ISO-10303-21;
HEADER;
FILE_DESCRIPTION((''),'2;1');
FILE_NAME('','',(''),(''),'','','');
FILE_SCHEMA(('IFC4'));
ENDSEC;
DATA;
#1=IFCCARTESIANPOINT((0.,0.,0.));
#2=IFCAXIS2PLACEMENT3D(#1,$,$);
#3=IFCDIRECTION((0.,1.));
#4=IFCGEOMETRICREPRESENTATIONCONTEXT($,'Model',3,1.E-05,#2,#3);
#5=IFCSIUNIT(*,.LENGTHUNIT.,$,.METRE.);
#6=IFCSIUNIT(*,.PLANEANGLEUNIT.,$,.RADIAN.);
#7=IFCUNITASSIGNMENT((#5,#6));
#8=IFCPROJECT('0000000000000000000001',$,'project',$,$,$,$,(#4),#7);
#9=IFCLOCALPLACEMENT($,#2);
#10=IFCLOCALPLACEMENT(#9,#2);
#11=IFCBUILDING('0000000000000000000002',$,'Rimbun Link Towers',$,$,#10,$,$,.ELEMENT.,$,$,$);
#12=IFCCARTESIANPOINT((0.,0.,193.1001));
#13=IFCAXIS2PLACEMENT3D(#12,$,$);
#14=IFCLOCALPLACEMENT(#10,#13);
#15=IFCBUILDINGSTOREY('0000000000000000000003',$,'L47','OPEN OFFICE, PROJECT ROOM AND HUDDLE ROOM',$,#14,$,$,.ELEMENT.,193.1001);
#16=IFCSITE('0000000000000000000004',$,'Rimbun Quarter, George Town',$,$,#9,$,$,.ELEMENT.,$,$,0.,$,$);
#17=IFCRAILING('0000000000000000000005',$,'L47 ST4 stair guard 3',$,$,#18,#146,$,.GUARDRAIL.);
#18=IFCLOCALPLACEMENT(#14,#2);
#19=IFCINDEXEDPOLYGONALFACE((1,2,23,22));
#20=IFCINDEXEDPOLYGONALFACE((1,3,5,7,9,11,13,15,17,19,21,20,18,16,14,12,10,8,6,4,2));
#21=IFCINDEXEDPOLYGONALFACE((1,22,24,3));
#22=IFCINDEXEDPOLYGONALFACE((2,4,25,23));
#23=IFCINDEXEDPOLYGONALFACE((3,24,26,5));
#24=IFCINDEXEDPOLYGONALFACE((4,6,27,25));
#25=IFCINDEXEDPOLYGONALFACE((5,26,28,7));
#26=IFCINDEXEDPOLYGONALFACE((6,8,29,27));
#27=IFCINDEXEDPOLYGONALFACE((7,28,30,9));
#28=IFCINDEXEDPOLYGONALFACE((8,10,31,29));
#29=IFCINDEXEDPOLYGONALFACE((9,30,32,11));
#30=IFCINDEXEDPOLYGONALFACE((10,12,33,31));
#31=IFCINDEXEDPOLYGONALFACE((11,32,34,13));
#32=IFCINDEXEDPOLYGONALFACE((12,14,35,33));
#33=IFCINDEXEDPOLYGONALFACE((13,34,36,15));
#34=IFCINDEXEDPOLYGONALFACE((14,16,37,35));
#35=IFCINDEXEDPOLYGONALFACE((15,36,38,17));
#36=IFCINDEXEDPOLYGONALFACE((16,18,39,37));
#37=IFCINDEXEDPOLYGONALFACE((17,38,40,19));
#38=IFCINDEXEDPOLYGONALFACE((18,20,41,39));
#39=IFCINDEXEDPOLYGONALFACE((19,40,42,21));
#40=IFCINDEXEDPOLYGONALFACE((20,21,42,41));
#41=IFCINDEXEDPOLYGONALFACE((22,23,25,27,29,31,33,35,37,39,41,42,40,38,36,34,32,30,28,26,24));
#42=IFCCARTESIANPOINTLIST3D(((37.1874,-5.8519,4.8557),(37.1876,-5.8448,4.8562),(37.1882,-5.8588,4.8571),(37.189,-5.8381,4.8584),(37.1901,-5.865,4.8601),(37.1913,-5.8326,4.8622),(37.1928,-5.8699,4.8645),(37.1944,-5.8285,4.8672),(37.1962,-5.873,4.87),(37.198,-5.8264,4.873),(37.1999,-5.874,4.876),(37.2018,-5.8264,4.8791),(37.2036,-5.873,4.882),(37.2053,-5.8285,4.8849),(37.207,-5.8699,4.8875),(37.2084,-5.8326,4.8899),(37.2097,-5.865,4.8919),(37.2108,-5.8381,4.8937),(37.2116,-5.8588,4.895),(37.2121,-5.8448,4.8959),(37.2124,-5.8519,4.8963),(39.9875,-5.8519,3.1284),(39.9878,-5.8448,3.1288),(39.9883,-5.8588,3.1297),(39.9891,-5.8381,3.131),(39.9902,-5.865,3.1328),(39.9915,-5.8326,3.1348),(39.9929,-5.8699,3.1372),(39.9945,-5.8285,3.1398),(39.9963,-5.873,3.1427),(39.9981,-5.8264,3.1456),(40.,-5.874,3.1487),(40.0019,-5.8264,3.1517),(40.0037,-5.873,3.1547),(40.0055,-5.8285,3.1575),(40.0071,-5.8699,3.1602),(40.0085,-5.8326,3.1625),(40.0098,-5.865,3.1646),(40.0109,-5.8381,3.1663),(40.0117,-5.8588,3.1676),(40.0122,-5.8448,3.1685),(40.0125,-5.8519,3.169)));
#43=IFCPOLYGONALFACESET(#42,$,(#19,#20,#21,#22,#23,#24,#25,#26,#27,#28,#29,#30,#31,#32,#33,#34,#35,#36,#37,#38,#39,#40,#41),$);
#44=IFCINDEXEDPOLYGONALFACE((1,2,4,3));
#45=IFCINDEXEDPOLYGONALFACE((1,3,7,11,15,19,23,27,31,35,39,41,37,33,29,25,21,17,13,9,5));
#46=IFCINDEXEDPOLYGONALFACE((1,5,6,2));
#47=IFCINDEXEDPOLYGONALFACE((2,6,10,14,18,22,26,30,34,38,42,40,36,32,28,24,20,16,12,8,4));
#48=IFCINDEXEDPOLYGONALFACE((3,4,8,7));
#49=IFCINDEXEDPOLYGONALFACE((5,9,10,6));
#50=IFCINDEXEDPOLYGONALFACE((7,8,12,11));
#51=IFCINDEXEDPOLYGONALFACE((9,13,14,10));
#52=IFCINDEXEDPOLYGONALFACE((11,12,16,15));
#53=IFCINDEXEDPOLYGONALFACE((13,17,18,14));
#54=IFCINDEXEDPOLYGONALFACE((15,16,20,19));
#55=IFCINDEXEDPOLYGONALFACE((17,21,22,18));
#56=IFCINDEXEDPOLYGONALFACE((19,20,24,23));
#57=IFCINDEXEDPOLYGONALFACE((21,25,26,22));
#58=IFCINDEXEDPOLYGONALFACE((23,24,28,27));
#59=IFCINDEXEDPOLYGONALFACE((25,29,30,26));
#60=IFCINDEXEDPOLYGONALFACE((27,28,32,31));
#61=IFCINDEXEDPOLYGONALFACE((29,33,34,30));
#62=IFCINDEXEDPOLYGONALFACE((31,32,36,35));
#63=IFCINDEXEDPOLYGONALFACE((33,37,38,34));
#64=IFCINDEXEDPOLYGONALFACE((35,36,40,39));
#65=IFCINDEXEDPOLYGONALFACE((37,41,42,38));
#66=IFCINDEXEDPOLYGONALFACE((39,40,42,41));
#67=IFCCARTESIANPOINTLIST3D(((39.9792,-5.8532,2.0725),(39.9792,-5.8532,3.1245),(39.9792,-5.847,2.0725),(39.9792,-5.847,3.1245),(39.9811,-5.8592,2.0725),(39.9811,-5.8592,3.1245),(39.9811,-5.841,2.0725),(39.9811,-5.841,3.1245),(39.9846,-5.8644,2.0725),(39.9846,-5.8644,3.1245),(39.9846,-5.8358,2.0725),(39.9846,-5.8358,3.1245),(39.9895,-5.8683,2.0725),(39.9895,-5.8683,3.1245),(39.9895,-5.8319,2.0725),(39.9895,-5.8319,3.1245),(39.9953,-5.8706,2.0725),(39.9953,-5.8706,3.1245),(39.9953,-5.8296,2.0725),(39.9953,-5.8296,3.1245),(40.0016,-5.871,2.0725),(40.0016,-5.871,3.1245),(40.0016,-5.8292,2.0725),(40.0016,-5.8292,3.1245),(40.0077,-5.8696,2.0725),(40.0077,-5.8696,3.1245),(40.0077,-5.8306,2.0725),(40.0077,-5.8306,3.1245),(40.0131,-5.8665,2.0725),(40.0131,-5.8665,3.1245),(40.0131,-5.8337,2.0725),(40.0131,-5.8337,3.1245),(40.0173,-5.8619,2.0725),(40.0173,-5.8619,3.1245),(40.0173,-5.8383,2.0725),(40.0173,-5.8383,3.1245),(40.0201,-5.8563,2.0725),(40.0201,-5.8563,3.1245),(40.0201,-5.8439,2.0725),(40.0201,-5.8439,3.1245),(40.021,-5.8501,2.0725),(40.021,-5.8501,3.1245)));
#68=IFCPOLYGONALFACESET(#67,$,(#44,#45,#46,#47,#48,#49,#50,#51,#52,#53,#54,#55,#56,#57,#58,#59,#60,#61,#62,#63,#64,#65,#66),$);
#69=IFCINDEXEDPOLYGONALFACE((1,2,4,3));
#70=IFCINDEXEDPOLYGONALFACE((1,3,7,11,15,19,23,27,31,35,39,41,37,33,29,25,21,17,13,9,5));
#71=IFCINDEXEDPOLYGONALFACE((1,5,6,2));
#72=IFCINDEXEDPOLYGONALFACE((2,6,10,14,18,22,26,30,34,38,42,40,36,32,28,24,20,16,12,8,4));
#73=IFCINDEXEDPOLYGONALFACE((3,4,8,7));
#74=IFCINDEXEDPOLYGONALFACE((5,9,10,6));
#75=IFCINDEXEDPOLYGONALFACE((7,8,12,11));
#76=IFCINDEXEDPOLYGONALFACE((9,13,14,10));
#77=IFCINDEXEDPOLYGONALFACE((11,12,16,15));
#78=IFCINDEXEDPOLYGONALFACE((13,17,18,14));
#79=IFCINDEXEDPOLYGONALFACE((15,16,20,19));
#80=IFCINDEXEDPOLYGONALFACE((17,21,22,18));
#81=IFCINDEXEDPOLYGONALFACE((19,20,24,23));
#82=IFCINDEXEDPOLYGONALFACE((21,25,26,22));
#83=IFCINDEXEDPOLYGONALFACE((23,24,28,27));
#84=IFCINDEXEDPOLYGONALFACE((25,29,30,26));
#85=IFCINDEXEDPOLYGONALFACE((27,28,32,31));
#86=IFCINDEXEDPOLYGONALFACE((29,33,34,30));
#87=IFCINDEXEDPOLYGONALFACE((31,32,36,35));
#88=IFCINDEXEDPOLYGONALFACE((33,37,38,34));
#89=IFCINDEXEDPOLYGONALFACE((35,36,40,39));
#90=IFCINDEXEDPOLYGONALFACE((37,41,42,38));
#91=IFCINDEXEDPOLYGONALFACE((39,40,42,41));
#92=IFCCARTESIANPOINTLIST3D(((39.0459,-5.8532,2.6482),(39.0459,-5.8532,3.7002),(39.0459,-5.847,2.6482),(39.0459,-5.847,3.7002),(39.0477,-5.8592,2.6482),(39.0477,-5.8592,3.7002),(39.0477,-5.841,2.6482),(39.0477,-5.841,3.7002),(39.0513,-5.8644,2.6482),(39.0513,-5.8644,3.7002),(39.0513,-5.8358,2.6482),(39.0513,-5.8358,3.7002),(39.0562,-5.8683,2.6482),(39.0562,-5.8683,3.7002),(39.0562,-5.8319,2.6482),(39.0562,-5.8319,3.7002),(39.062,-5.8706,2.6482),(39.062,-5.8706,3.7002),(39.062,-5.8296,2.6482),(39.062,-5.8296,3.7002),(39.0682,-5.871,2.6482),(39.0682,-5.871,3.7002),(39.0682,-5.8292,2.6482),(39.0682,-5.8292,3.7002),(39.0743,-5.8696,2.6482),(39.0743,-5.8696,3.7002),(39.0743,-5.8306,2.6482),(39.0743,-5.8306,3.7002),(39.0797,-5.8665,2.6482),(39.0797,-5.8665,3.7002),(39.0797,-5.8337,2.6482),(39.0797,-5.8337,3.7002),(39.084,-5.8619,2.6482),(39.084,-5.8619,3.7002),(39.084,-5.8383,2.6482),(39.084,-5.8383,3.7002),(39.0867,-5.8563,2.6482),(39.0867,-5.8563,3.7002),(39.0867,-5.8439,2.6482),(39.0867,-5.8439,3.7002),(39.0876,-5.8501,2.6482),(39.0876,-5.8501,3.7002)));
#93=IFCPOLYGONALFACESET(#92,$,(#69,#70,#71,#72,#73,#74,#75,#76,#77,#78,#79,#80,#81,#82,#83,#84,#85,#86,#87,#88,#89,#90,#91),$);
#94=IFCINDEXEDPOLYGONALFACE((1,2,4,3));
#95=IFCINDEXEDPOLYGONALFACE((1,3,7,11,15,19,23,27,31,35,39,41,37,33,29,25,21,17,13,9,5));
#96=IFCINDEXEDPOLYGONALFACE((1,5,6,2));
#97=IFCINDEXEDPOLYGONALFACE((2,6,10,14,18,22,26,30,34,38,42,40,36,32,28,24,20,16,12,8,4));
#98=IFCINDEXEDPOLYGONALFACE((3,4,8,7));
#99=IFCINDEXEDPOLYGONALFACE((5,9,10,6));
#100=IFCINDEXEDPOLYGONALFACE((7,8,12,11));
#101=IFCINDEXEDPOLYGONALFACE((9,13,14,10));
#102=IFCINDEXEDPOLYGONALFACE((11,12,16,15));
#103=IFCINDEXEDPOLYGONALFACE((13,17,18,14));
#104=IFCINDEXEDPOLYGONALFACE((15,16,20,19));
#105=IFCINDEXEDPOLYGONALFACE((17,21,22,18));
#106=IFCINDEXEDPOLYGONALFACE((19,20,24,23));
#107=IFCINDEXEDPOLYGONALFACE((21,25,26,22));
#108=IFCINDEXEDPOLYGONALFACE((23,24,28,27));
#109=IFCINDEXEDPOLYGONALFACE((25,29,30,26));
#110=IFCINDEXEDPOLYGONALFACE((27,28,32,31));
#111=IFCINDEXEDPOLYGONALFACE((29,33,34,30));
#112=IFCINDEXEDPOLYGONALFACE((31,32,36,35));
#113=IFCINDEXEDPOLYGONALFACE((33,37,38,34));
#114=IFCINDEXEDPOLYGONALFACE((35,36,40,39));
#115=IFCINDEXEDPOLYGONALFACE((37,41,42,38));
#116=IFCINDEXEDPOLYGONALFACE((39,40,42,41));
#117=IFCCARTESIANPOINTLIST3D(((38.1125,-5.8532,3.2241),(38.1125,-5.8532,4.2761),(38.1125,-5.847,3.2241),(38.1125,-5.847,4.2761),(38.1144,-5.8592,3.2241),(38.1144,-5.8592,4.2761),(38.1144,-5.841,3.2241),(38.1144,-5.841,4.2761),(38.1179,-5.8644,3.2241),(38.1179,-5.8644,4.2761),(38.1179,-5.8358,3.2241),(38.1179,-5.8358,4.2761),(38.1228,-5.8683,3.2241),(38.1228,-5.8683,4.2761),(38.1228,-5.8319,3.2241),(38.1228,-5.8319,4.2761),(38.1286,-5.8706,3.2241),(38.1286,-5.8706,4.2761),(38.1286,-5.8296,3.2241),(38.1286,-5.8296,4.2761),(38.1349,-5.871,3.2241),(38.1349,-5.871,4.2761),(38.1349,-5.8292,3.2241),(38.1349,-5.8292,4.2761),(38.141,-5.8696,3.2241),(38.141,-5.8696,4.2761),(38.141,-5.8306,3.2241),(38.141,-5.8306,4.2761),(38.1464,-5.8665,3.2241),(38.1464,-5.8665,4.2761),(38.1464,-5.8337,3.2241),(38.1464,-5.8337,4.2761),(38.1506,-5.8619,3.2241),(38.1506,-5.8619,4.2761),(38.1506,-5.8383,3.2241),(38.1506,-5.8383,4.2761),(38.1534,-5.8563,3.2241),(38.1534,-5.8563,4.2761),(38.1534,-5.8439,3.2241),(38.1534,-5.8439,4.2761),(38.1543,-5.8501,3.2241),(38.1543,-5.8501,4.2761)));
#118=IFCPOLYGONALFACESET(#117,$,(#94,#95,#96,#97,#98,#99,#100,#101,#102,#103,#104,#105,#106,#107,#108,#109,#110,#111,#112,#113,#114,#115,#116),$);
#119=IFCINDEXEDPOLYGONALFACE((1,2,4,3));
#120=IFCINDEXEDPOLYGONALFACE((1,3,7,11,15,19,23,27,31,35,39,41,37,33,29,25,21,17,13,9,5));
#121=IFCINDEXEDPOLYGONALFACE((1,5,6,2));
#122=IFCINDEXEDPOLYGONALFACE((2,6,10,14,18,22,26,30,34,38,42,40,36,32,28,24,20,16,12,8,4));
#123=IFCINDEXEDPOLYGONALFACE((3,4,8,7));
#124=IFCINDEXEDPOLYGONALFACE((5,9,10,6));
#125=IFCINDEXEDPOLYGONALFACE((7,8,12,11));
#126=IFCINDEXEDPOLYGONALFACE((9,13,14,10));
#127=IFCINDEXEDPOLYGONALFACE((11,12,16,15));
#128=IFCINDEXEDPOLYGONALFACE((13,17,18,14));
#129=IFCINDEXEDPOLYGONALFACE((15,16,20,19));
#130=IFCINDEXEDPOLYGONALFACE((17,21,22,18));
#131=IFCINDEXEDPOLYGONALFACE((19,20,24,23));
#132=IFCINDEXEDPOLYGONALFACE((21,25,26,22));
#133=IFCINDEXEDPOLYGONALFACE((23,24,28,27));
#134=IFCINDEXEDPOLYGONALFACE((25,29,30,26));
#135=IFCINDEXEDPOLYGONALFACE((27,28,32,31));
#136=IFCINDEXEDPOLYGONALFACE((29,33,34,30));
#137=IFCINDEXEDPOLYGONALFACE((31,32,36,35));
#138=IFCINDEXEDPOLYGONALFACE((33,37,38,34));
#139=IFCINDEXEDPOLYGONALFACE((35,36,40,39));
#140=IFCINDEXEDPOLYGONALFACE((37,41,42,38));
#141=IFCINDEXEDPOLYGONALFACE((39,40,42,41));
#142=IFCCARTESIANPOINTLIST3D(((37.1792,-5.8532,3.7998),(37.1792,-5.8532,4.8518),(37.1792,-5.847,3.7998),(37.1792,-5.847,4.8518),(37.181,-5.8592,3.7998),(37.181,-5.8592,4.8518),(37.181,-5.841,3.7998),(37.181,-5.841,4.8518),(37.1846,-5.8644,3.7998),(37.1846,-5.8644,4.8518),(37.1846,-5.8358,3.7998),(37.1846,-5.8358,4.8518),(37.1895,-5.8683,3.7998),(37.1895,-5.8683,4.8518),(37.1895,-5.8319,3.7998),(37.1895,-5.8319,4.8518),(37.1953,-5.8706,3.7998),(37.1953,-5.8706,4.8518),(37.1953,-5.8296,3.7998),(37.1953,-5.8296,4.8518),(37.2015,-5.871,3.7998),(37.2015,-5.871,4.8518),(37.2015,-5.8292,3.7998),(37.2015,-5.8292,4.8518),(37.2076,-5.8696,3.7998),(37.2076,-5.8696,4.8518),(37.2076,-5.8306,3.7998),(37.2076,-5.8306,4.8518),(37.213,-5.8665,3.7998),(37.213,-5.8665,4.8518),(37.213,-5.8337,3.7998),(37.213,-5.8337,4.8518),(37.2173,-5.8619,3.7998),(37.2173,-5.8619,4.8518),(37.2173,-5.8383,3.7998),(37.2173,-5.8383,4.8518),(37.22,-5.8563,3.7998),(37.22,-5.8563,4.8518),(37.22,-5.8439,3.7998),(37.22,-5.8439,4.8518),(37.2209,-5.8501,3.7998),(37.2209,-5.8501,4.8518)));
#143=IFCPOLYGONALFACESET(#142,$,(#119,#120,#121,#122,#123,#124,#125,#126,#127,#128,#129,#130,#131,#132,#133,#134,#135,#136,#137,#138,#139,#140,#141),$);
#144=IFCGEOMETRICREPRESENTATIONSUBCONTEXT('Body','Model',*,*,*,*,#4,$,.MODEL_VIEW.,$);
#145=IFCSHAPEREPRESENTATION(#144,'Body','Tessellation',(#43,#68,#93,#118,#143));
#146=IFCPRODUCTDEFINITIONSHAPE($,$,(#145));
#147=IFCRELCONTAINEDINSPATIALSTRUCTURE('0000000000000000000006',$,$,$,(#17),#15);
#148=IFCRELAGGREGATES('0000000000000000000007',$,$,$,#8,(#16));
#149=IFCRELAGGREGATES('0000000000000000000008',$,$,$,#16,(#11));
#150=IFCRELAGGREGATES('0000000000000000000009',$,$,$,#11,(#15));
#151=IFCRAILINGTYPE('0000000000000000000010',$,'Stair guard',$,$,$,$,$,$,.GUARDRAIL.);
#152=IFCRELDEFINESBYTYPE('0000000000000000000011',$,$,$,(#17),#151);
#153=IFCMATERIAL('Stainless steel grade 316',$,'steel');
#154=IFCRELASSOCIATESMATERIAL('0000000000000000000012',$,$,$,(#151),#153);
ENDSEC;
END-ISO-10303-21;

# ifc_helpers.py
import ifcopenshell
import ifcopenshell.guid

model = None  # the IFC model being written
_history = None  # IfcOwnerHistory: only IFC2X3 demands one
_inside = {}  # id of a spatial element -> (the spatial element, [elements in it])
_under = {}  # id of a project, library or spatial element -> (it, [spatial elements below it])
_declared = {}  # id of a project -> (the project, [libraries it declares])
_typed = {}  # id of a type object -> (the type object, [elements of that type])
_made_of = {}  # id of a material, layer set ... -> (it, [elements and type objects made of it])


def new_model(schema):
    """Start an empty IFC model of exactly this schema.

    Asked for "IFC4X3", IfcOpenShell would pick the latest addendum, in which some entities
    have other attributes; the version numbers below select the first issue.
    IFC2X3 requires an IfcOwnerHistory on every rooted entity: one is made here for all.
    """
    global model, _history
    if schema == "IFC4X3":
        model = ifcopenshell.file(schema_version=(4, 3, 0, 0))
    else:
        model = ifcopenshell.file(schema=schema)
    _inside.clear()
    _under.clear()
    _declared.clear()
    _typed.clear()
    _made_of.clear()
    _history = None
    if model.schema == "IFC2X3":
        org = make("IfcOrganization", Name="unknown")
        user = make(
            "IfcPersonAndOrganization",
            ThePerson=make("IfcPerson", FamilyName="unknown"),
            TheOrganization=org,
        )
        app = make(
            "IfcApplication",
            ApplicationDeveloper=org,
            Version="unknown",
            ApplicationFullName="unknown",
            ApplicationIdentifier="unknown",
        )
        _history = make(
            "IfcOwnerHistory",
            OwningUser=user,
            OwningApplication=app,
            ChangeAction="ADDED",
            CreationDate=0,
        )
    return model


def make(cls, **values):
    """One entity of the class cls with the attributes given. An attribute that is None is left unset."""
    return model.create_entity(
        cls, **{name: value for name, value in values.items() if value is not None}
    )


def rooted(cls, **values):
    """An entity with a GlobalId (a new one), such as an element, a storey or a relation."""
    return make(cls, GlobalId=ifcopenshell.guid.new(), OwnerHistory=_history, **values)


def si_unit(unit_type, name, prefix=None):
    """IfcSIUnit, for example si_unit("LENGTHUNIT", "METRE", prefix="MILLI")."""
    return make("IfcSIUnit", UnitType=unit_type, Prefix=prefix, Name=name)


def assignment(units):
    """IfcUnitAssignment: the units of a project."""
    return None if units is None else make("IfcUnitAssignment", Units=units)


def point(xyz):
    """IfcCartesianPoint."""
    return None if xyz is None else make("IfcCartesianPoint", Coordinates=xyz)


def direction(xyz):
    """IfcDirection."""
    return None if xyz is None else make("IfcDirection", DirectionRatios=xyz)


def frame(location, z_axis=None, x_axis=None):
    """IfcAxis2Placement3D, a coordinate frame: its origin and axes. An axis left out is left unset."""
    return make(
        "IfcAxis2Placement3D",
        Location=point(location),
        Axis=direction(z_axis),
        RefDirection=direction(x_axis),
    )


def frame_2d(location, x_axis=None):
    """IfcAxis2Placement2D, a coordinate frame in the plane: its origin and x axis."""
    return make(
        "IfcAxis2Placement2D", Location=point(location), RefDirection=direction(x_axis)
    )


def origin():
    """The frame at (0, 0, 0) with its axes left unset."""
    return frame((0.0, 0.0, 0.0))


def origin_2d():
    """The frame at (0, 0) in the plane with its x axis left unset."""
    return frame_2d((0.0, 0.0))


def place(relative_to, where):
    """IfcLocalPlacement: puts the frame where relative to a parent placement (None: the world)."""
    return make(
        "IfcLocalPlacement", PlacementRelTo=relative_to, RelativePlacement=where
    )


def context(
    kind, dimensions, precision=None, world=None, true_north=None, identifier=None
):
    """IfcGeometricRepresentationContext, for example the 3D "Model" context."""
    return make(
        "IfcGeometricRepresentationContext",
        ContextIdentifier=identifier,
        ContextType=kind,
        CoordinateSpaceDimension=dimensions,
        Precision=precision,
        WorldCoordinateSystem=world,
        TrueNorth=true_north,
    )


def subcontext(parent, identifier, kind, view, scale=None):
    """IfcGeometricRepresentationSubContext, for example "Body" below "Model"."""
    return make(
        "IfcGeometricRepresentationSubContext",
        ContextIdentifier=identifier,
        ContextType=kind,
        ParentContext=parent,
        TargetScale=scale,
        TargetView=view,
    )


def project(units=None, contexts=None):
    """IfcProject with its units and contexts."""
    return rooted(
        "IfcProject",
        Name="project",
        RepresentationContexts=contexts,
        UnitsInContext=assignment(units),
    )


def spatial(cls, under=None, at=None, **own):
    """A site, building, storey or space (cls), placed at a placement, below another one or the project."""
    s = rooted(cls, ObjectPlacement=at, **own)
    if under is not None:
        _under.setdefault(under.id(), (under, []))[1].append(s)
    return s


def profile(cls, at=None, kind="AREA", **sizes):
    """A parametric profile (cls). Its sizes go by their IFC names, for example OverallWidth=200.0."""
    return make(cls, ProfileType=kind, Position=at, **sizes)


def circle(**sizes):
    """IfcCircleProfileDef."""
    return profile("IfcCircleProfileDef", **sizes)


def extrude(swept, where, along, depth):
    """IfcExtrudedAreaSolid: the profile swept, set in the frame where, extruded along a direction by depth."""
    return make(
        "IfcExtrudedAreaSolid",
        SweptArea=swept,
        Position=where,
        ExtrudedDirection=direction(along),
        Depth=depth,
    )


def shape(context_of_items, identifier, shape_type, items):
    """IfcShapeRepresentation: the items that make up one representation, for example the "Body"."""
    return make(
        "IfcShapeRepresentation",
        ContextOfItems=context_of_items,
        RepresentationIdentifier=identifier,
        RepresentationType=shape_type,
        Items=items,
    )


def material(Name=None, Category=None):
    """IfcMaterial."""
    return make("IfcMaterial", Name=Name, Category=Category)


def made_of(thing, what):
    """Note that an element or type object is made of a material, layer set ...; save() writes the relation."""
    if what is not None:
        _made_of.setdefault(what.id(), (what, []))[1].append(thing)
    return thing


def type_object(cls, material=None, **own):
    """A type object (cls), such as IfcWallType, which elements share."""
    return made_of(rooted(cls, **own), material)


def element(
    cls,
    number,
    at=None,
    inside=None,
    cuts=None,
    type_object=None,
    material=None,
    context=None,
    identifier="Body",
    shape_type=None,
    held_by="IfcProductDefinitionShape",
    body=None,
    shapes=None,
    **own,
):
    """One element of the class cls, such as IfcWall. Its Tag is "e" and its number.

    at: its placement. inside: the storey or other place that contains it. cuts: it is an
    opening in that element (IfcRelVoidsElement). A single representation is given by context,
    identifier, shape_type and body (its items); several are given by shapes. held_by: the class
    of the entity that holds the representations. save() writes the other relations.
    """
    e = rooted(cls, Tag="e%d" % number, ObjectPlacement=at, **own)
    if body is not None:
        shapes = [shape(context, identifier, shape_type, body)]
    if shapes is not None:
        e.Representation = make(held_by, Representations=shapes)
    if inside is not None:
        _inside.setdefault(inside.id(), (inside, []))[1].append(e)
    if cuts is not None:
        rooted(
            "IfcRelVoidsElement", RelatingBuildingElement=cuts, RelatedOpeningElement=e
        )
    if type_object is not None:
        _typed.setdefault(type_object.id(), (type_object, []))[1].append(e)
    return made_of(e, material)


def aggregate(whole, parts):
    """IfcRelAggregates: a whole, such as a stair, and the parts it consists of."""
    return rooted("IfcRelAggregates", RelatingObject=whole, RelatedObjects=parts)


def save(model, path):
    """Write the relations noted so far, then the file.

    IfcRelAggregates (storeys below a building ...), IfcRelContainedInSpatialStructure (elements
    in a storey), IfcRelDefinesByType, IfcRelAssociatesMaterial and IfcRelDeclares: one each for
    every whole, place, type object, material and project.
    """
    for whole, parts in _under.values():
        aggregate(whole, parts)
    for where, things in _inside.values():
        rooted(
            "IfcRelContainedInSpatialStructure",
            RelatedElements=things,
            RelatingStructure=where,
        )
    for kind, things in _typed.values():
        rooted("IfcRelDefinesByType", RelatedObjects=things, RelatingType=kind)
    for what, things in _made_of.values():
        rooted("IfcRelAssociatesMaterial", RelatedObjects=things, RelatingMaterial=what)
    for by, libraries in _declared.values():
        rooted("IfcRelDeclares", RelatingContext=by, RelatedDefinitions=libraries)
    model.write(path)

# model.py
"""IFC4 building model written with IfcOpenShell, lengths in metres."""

from ifc_helpers import new_model, si_unit, direction, frame, origin, origin_2d, place, context, subcontext, project, spatial, circle, extrude, material, type_object, element, save


model = new_model("IFC4")

# Units and contexts
model_context = context("Model", 3, precision=1e-05, world=origin(), true_north=direction((0.0, 1.0)))
body_context = subcontext(model_context, "Body", "Model", "MODEL_VIEW")
ifc_project = project(units=[si_unit("LENGTHUNIT", "METRE"), si_unit("PLANEANGLEUNIT", "RADIAN")], contexts=[model_context])

# Site, building, storey
site_placement = place(None, origin())
site = spatial("IfcSite", under=ifc_project, at=site_placement, Name="Rimbun Quarter, George Town", CompositionType="ELEMENT", RefElevation=0.0)
building_placement = place(site_placement, origin())
building = spatial("IfcBuilding", under=site, at=building_placement, Name="Rimbun Link Towers", CompositionType="ELEMENT")
storey_placement = place(building_placement, frame((0.0, 0.0, 193.1001)))
storey = spatial("IfcBuildingStorey", under=building, at=storey_placement, Name="L47", Description="OPEN OFFICE, PROJECT ROOM AND HUDDLE ROOM", CompositionType="ELEMENT", Elevation=193.1001)

# Railing
ifc_material_1 = material(Name="Stainless steel grade 316", Category="steel")
railing_type_1 = type_object("IfcRailingType", Name="Stair guard", PredefinedType="GUARDRAIL", material=ifc_material_1)
railing_1_placement = place(storey_placement, frame((40.0, -5.8501, 2.0725)))
element("IfcRailing", 1, at=railing_1_placement, inside=storey, type_object=railing_type_1, Name="L47 ST4 stair guard 3", PredefinedType="GUARDRAIL", context=body_context, shape_type="SweptSolid", body=[
    extrude(circle(Radius=0.0239, at=origin_2d()), frame((0.0, 0.0, 1.0762), z_axis=(-0.85109, 0.0, 0.52502), x_axis=(0.0, -1.0, 0.0)), (0.0, 0.0, 1.0), 3.29),
    extrude(circle(Radius=0.021, at=origin_2d()), origin(), (0.0, 0.0, 1.0), 1.052),
    extrude(circle(Radius=0.021, at=origin_2d()), frame((-0.9333, 0.0, 0.5757)), (0.0, 0.0, 1.0), 1.052),
    extrude(circle(Radius=0.021, at=origin_2d()), frame((-1.8667, 0.0, 1.1516)), (0.0, 0.0, 1.0), 1.052),
    extrude(circle(Radius=0.021, at=origin_2d()), frame((-2.8, 0.0, 1.7273)), (0.0, 0.0, 1.0), 1.052),
])

save(model, "model.ifc")
